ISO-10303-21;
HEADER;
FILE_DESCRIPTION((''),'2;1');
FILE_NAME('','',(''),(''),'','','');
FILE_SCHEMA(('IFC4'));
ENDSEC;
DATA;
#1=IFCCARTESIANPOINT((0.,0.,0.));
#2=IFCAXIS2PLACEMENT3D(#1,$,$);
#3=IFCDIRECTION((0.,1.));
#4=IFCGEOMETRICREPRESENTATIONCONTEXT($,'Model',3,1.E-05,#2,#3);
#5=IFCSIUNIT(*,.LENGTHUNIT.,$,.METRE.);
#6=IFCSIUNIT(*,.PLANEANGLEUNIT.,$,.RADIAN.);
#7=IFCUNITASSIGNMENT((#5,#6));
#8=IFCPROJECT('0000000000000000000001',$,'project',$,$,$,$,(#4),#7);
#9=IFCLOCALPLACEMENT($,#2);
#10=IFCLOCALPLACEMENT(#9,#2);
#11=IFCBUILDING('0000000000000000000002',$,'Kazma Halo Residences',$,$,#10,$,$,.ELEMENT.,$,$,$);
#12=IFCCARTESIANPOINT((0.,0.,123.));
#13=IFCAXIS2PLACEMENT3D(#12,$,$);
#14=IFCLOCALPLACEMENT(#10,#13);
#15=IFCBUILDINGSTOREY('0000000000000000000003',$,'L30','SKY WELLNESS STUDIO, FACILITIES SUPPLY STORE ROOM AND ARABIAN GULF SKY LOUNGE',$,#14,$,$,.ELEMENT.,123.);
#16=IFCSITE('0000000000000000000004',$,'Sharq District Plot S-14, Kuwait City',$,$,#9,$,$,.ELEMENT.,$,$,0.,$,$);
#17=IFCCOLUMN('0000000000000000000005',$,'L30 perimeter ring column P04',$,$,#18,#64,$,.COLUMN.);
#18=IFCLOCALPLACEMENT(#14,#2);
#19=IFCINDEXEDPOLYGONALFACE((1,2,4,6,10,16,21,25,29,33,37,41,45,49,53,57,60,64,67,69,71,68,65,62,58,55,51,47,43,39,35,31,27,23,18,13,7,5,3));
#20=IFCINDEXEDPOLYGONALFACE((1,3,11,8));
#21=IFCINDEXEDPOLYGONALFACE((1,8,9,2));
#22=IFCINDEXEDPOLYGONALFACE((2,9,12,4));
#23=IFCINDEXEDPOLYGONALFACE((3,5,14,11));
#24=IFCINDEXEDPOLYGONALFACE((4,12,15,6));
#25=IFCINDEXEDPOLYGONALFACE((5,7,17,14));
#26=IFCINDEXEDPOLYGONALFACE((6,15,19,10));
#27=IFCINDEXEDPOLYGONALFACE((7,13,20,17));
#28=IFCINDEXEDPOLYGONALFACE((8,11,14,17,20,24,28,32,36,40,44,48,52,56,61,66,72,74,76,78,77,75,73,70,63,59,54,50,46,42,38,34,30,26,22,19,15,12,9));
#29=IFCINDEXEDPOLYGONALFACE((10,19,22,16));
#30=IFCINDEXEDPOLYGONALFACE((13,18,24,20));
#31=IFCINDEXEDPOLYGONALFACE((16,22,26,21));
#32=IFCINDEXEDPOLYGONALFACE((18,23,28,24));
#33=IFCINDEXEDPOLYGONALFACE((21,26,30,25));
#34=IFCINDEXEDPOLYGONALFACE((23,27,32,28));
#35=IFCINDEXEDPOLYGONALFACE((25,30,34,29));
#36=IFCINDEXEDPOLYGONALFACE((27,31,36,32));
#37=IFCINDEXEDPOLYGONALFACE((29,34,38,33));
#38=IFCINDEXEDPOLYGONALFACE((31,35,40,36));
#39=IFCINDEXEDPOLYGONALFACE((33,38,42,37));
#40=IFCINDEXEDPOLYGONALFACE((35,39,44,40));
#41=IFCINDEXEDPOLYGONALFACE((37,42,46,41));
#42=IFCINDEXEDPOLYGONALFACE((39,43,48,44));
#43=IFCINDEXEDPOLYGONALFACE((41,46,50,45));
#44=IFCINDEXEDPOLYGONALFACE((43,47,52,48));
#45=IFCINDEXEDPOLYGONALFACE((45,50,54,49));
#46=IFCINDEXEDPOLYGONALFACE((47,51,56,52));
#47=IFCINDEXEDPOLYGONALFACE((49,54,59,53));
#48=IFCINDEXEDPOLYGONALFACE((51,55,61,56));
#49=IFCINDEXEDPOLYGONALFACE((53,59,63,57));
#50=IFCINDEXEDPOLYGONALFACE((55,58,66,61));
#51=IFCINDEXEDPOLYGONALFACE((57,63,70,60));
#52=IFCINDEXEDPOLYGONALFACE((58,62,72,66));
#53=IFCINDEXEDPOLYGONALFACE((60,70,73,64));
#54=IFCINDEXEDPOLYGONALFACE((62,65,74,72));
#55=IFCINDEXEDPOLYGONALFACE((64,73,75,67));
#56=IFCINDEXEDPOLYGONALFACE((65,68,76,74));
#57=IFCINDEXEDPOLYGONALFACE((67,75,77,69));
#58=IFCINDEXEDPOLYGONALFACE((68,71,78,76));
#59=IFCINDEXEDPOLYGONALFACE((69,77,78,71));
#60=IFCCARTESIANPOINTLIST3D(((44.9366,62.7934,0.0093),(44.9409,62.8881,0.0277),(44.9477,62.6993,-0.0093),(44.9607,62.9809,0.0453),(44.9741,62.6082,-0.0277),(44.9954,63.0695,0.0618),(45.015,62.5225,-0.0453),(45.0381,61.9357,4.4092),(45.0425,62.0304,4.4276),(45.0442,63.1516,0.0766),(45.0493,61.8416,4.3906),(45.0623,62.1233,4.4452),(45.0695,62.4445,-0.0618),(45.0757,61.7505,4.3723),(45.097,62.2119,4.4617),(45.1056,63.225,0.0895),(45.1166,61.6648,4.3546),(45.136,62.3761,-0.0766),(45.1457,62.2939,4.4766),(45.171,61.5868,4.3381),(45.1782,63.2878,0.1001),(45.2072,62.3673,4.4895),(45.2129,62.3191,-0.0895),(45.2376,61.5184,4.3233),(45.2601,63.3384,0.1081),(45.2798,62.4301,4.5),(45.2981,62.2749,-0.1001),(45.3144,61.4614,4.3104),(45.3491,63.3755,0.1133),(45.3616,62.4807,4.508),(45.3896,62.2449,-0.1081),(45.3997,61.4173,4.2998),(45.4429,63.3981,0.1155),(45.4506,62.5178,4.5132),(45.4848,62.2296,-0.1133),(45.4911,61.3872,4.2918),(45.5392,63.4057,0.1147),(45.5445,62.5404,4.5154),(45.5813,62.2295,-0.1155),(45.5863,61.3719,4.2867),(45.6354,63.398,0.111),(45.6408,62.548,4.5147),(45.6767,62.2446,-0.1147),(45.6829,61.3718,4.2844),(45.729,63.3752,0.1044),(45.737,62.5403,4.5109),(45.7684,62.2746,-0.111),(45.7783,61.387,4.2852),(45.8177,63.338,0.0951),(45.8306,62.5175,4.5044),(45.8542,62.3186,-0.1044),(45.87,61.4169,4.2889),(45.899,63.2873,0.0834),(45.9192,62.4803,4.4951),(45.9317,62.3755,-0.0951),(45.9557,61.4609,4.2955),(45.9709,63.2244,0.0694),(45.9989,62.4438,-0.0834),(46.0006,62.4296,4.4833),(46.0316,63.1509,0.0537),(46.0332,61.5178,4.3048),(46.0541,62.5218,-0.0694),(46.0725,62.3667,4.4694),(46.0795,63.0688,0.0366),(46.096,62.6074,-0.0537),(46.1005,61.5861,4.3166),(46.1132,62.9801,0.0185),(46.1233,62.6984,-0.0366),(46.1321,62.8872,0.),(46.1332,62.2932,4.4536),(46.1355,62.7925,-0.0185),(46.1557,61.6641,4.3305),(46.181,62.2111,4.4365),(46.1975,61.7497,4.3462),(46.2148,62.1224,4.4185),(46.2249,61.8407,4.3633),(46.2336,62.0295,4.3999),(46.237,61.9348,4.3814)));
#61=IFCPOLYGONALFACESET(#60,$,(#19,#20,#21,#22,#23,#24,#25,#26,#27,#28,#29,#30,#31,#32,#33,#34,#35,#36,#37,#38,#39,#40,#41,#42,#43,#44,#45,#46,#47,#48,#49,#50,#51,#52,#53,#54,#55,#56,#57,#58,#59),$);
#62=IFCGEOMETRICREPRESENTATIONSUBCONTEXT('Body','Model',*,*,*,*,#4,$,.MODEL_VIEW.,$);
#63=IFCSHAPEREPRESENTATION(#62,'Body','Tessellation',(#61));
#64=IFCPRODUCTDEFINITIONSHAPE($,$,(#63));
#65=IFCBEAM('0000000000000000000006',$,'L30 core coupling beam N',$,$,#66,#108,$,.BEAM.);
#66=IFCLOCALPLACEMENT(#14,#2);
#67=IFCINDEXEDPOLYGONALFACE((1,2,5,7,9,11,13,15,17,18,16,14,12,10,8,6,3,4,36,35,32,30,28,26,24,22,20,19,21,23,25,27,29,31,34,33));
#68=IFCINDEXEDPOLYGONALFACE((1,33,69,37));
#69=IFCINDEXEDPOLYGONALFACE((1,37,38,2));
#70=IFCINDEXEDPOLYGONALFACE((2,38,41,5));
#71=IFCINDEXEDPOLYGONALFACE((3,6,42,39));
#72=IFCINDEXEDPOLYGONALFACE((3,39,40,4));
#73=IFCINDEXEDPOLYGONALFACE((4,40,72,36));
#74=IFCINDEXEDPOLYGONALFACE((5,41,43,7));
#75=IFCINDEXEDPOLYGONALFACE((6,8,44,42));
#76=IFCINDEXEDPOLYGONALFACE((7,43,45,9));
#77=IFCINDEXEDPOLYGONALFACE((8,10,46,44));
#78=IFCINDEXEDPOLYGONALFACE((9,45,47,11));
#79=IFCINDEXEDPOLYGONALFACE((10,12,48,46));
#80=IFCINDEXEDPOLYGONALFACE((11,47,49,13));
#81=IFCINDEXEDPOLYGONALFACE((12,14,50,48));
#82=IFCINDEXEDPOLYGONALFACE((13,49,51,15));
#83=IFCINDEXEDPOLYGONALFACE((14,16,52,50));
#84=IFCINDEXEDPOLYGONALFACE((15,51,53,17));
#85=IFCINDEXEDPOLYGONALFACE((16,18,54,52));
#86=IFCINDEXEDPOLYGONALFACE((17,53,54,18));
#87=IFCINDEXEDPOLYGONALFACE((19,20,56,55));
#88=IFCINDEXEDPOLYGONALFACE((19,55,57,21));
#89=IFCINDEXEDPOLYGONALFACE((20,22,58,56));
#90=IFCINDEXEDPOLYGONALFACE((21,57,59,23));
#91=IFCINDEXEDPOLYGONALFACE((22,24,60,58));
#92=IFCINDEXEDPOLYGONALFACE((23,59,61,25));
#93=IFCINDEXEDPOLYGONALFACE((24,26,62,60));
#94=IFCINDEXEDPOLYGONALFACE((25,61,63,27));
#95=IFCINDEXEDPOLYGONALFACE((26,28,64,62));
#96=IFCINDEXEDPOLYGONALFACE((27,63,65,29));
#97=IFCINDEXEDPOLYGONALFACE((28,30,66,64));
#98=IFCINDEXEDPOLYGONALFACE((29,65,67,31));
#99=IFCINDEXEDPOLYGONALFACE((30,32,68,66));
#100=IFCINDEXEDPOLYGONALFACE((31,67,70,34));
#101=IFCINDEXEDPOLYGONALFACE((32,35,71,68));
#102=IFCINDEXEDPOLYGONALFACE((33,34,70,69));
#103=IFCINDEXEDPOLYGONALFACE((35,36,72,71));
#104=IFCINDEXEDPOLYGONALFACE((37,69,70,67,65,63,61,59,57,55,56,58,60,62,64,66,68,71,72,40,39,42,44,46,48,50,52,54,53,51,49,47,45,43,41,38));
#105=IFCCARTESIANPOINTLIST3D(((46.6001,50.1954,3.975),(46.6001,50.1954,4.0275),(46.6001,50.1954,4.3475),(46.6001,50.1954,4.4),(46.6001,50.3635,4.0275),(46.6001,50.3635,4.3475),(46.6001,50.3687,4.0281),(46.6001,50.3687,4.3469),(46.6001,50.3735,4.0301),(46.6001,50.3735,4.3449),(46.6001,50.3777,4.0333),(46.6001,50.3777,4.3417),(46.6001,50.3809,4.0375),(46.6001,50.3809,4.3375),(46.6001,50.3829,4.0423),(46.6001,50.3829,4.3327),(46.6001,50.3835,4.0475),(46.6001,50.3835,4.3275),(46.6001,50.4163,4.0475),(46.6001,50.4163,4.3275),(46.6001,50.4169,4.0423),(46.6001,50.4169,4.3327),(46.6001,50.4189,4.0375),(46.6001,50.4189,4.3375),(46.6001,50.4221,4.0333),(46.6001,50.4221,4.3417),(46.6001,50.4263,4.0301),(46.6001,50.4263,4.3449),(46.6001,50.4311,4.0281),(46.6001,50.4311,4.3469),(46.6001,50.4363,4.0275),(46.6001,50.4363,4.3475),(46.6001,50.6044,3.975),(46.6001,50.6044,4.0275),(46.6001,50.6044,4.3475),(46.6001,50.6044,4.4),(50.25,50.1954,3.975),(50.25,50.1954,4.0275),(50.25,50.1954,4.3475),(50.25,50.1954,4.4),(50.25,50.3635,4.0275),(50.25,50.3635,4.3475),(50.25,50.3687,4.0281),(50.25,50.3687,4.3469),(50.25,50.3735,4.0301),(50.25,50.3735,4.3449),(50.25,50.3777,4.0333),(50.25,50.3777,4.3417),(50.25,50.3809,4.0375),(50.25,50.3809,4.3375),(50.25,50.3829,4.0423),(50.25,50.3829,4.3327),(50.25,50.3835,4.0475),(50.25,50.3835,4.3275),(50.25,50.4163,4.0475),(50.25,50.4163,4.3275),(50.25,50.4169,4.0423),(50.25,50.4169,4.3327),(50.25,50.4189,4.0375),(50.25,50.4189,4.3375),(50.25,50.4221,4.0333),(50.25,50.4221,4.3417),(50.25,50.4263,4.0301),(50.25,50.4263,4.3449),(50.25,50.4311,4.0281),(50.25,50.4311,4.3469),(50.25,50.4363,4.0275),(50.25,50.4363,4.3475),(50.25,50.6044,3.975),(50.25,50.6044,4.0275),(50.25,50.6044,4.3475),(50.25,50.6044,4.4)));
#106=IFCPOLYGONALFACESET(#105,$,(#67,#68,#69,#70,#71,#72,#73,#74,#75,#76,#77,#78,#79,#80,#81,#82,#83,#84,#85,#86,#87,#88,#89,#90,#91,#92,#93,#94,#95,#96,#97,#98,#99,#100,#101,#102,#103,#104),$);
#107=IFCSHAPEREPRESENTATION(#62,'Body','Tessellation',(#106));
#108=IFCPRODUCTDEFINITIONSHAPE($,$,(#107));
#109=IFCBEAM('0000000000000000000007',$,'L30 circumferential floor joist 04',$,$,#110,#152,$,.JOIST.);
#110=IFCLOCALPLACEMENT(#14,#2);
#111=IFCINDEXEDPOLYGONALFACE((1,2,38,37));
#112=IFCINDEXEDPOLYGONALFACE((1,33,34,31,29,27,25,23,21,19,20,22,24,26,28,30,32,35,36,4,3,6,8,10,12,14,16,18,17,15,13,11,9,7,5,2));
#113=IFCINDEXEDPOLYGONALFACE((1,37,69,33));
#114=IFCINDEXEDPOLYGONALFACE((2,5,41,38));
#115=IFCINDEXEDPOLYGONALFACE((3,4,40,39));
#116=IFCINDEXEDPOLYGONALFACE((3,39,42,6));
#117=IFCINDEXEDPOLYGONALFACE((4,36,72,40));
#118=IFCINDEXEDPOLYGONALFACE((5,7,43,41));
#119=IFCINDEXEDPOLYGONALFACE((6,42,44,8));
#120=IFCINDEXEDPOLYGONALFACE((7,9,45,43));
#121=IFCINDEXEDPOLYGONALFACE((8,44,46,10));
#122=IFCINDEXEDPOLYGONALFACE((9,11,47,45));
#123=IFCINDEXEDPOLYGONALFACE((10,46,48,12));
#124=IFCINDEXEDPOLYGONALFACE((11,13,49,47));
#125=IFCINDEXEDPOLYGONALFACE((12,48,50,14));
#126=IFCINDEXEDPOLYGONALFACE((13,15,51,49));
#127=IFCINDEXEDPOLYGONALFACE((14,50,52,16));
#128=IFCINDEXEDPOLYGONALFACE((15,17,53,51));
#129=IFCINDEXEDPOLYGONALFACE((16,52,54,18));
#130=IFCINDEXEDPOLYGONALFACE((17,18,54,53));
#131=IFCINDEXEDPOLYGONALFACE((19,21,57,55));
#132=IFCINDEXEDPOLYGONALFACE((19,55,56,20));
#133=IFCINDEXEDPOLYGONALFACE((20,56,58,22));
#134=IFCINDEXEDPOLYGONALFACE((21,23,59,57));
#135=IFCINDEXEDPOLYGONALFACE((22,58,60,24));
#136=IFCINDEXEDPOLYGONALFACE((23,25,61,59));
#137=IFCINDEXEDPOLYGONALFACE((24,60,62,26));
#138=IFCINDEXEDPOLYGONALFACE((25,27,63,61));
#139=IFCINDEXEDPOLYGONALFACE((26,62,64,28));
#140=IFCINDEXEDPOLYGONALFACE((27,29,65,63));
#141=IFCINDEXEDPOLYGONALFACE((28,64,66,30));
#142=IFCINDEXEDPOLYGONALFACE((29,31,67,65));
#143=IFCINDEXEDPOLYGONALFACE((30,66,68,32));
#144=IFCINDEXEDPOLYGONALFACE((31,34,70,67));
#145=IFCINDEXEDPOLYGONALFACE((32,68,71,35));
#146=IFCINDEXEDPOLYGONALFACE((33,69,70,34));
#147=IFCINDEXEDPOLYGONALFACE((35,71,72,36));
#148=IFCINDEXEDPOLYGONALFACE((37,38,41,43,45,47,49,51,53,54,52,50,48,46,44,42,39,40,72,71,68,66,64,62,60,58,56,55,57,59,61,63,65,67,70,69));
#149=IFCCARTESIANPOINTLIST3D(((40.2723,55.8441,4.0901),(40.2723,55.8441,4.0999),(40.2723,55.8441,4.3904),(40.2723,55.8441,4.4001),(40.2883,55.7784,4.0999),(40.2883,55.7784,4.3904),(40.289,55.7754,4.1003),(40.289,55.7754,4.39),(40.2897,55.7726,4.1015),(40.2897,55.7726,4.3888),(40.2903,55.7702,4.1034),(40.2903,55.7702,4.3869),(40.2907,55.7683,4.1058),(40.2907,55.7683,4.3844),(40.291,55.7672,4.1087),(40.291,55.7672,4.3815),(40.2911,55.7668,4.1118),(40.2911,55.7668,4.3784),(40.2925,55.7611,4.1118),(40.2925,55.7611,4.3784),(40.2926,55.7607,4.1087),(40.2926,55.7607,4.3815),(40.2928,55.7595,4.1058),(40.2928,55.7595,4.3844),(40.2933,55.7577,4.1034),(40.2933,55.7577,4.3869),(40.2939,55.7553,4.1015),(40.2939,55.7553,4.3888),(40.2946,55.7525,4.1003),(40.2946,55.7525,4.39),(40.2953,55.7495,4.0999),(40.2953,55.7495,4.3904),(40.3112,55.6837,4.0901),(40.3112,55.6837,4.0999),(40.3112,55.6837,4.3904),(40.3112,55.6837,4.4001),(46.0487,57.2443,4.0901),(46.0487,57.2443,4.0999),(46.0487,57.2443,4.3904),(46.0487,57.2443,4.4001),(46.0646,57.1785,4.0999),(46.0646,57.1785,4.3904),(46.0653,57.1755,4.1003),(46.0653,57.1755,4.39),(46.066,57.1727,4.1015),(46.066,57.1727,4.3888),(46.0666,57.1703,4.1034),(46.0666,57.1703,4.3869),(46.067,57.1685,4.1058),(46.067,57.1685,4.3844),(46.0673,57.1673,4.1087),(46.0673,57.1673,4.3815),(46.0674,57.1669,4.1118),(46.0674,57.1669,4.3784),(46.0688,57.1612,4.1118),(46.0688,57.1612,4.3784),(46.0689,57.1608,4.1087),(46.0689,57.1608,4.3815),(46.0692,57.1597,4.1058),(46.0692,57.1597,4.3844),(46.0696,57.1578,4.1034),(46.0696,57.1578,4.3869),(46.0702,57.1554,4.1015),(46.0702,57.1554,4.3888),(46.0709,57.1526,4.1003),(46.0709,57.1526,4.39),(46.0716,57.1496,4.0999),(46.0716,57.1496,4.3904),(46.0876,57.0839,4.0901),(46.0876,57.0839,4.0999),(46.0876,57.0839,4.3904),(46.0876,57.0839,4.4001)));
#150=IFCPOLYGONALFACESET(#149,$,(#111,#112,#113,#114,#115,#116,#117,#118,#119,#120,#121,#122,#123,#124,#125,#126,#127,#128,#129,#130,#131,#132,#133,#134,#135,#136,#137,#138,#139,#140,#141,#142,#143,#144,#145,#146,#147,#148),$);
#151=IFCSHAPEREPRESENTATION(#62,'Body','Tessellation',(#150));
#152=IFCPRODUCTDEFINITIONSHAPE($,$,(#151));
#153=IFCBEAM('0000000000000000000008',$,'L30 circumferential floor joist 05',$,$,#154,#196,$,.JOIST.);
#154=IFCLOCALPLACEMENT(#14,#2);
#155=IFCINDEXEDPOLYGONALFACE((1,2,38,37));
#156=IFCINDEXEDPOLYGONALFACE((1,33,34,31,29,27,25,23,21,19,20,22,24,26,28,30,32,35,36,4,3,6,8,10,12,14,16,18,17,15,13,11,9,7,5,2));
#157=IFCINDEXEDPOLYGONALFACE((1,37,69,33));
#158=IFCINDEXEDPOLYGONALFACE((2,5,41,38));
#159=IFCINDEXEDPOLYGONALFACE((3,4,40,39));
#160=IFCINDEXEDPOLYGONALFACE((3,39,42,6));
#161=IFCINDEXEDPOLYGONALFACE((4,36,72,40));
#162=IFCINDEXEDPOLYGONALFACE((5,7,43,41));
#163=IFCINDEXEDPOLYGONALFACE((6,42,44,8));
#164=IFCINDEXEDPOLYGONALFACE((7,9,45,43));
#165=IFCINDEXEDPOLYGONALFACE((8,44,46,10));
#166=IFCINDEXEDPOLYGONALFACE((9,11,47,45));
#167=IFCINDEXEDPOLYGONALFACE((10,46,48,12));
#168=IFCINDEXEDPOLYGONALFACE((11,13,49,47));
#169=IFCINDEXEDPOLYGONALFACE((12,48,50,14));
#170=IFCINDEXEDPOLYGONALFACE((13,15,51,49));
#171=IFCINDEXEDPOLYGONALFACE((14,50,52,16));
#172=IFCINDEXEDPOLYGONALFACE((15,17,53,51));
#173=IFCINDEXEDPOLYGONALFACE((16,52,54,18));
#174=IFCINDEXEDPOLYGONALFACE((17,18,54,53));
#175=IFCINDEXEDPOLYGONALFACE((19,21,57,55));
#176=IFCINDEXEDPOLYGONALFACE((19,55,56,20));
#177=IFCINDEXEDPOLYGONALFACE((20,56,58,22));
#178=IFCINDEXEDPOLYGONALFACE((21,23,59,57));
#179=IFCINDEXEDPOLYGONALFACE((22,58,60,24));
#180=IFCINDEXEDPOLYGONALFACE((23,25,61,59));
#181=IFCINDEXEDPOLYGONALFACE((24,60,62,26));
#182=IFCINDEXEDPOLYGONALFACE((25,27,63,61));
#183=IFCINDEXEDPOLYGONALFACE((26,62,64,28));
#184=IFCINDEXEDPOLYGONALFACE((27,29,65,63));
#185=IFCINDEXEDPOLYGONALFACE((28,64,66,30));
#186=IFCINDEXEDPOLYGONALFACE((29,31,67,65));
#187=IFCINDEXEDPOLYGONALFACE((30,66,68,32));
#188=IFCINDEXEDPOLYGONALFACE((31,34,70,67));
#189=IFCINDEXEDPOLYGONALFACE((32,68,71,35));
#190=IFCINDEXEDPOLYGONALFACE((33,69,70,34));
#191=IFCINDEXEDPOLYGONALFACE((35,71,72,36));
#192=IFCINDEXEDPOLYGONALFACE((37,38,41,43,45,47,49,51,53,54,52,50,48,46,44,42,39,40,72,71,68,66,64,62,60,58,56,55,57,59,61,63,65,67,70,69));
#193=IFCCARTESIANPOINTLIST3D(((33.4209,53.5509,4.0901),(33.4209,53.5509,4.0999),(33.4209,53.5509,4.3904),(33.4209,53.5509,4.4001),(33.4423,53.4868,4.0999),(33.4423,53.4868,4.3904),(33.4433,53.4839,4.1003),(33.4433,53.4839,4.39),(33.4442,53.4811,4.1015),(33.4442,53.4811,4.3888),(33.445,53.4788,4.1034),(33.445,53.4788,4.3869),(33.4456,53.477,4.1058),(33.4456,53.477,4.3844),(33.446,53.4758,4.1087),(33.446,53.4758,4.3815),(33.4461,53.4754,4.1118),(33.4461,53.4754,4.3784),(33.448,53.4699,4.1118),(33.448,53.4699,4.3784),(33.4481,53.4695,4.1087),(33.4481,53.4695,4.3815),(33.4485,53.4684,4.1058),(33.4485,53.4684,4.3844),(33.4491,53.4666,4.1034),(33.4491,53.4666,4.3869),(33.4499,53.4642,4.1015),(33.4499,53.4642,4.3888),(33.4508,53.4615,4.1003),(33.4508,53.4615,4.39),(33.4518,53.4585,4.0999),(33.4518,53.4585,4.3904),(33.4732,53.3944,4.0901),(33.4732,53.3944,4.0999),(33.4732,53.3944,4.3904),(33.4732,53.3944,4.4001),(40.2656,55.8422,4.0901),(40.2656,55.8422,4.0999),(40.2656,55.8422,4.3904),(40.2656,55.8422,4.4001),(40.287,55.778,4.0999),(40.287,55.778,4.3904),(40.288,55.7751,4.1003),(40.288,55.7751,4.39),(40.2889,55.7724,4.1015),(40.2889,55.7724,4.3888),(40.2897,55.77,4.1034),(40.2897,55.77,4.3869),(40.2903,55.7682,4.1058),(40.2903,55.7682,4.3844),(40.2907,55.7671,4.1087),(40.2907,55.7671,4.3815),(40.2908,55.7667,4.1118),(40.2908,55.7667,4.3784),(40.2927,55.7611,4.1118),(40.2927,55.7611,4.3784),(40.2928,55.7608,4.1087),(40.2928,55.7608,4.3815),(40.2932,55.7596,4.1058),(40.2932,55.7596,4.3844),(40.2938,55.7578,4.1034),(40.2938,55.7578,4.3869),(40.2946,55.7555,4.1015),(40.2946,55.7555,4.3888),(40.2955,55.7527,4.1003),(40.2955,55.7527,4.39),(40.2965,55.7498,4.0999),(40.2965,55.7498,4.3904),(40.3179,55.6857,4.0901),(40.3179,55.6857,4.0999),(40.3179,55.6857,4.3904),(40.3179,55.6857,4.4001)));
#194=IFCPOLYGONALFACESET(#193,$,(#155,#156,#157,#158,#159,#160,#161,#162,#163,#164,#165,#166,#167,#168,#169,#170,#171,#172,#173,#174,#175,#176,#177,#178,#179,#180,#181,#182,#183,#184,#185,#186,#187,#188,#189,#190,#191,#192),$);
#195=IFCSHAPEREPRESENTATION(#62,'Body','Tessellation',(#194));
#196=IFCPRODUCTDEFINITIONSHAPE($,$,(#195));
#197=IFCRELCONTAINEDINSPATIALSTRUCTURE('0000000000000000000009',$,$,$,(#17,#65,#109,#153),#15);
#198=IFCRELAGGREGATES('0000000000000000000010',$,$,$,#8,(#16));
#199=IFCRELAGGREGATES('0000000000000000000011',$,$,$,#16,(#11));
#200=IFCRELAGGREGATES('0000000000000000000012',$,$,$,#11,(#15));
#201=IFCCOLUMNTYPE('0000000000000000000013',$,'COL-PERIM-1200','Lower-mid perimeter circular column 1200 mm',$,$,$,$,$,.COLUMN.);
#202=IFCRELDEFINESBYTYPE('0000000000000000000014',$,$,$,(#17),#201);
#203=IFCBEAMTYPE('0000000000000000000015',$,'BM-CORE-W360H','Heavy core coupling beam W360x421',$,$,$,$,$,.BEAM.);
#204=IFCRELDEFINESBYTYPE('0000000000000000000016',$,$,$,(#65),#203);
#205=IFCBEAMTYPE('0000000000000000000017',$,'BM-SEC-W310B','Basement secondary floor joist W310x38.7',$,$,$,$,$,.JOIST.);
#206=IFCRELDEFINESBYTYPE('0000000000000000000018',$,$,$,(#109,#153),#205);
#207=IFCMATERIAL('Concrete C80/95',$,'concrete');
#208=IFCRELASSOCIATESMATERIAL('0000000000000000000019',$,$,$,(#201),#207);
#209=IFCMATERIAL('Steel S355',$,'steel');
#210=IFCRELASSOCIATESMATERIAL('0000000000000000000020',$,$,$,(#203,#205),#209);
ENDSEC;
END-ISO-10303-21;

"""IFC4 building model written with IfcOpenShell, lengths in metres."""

from ifc_helpers import new_model, si_unit, direction, frame, origin, origin_2d, place, context, subcontext, project, spatial, circle, i_section, extrude, material, material_profile, profile_set, type_object, element, save


model = new_model("IFC4")

# Units and contexts
model_context = context("Model", 3, precision=1e-05, world=origin(), true_north=direction((0.0, 1.0)))
body_context = subcontext(model_context, "Body", "Model", "MODEL_VIEW")
ifc_project = project(units=[si_unit("LENGTHUNIT", "METRE"), si_unit("PLANEANGLEUNIT", "RADIAN")], contexts=[model_context])

# Site, building, storey
site_placement = place(None, origin())
site = spatial("IfcSite", under=ifc_project, at=site_placement, Name="Sharq District Plot S-14, Kuwait City", CompositionType="ELEMENT", RefElevation=0.0)
building_placement = place(site_placement, origin())
building = spatial("IfcBuilding", under=site, at=building_placement, Name="Kazma Halo Residences", CompositionType="ELEMENT")
storey_placement = place(building_placement, frame((0.0, 0.0, 123.0)))
storey = spatial("IfcBuildingStorey", under=building, at=storey_placement, Name="L30", Description="SKY WELLNESS STUDIO, FACILITIES SUPPLY STORE ROOM AND ARABIAN GULF SKY LOUNGE", CompositionType="ELEMENT", Elevation=123.0)

# Column
ifc_material_1 = material(Name="Concrete C80/95", Category="concrete")
ifc_material_profile_1 = material_profile(ifc_material_1, circle(Radius=0.6001, at=origin_2d()), Name="CIRC1200")
ifc_profile_set_1 = profile_set([ifc_material_profile_1], Name="Concrete C80/95")
column_type = type_object("IfcColumnType", Name="COL-PERIM-1200", Description="Lower-mid perimeter circular column 1200 mm", PredefinedType="COLUMN", material=ifc_profile_set_1)
column_placement = place(storey_placement, frame((45.5361, 62.8167, 0.0), z_axis=(0.022651, -0.191278, 0.981274), x_axis=(0.993062, 0.117596, 0.0)))
element("IfcColumn", 1, at=column_placement, inside=storey, type_object=column_type, Name="L30 perimeter ring column P04", PredefinedType="COLUMN", context=body_context, shape_type="SweptSolid", body=[
    extrude(circle(Radius=0.6001, at=origin_2d()), origin(), (0.0, 0.0, 1.0), 4.4839),
])

# Beams
ifc_material_2 = material(Name="Steel S355", Category="steel")
ifc_material_profile_2 = material_profile(ifc_material_2, i_section(OverallWidth=0.4089, OverallDepth=0.425, WebThickness=0.0327, FlangeThickness=0.0525, FilletRadius=0.02, at=origin_2d()), Name="W360x421")
ifc_profile_set_2 = profile_set([ifc_material_profile_2], Name="Steel S355")
beam_type_1 = type_object("IfcBeamType", Name="BM-CORE-W360H", Description="Heavy core coupling beam W360x421", PredefinedType="BEAM", material=ifc_profile_set_2)
beam_1_placement = place(storey_placement, frame((46.6001, 50.3999, 4.1875), z_axis=(1.0, 0.0, 0.0), x_axis=(0.0, 1.0, 0.0)))
element("IfcBeam", 2, at=beam_1_placement, inside=storey, type_object=beam_type_1, Name="L30 core coupling beam N", PredefinedType="BEAM", context=body_context, shape_type="SweptSolid", body=[
    extrude(i_section(OverallWidth=0.4089, OverallDepth=0.425, WebThickness=0.0327, FlangeThickness=0.0525, FilletRadius=0.02, at=origin_2d()), origin(), (0.0, 0.0, 1.0), 3.6499),
])
ifc_material_profile_3 = material_profile(ifc_material_2, i_section(OverallWidth=0.165, OverallDepth=0.3101, WebThickness=0.0059, FlangeThickness=0.0098, FilletRadius=0.012, at=origin_2d()), Name="W310x38.7")
ifc_profile_set_3 = profile_set([ifc_material_profile_3], Name="Steel S355")
beam_type_2 = type_object("IfcBeamType", Name="BM-SEC-W310B", Description="Basement secondary floor joist W310x38.7", PredefinedType="JOIST", material=ifc_profile_set_3)
beam_2_placement = place(storey_placement, frame((46.0681, 57.1641, 4.2451), z_axis=(-0.971857, -0.235571, 0.0), x_axis=(0.235571, -0.971857, 0.0)))
element("IfcBeam", 3, at=beam_2_placement, inside=storey, type_object=beam_type_2, Name="L30 circumferential floor joist 04", PredefinedType="JOIST", context=body_context, shape_type="SweptSolid", body=[
    extrude(i_section(OverallWidth=0.165, OverallDepth=0.3101, WebThickness=0.0059, FlangeThickness=0.0098, FilletRadius=0.012, at=origin_2d()), origin(), (0.0, 0.0, 1.0), 5.9436),
])
beam_3_placement = place(storey_placement, frame((40.2917, 55.7639, 4.2451), z_axis=(-0.94828, -0.317435, 0.0), x_axis=(0.317435, -0.94828, 0.0)))
element("IfcBeam", 4, at=beam_3_placement, inside=storey, type_object=beam_type_2, Name="L30 circumferential floor joist 05", PredefinedType="JOIST", context=body_context, shape_type="SweptSolid", body=[
    extrude(i_section(OverallWidth=0.165, OverallDepth=0.3101, WebThickness=0.0059, FlangeThickness=0.0098, FilletRadius=0.012, at=origin_2d()), origin(), (0.0, 0.0, 1.0), 7.218),
])

save(model, "model.ifc")
